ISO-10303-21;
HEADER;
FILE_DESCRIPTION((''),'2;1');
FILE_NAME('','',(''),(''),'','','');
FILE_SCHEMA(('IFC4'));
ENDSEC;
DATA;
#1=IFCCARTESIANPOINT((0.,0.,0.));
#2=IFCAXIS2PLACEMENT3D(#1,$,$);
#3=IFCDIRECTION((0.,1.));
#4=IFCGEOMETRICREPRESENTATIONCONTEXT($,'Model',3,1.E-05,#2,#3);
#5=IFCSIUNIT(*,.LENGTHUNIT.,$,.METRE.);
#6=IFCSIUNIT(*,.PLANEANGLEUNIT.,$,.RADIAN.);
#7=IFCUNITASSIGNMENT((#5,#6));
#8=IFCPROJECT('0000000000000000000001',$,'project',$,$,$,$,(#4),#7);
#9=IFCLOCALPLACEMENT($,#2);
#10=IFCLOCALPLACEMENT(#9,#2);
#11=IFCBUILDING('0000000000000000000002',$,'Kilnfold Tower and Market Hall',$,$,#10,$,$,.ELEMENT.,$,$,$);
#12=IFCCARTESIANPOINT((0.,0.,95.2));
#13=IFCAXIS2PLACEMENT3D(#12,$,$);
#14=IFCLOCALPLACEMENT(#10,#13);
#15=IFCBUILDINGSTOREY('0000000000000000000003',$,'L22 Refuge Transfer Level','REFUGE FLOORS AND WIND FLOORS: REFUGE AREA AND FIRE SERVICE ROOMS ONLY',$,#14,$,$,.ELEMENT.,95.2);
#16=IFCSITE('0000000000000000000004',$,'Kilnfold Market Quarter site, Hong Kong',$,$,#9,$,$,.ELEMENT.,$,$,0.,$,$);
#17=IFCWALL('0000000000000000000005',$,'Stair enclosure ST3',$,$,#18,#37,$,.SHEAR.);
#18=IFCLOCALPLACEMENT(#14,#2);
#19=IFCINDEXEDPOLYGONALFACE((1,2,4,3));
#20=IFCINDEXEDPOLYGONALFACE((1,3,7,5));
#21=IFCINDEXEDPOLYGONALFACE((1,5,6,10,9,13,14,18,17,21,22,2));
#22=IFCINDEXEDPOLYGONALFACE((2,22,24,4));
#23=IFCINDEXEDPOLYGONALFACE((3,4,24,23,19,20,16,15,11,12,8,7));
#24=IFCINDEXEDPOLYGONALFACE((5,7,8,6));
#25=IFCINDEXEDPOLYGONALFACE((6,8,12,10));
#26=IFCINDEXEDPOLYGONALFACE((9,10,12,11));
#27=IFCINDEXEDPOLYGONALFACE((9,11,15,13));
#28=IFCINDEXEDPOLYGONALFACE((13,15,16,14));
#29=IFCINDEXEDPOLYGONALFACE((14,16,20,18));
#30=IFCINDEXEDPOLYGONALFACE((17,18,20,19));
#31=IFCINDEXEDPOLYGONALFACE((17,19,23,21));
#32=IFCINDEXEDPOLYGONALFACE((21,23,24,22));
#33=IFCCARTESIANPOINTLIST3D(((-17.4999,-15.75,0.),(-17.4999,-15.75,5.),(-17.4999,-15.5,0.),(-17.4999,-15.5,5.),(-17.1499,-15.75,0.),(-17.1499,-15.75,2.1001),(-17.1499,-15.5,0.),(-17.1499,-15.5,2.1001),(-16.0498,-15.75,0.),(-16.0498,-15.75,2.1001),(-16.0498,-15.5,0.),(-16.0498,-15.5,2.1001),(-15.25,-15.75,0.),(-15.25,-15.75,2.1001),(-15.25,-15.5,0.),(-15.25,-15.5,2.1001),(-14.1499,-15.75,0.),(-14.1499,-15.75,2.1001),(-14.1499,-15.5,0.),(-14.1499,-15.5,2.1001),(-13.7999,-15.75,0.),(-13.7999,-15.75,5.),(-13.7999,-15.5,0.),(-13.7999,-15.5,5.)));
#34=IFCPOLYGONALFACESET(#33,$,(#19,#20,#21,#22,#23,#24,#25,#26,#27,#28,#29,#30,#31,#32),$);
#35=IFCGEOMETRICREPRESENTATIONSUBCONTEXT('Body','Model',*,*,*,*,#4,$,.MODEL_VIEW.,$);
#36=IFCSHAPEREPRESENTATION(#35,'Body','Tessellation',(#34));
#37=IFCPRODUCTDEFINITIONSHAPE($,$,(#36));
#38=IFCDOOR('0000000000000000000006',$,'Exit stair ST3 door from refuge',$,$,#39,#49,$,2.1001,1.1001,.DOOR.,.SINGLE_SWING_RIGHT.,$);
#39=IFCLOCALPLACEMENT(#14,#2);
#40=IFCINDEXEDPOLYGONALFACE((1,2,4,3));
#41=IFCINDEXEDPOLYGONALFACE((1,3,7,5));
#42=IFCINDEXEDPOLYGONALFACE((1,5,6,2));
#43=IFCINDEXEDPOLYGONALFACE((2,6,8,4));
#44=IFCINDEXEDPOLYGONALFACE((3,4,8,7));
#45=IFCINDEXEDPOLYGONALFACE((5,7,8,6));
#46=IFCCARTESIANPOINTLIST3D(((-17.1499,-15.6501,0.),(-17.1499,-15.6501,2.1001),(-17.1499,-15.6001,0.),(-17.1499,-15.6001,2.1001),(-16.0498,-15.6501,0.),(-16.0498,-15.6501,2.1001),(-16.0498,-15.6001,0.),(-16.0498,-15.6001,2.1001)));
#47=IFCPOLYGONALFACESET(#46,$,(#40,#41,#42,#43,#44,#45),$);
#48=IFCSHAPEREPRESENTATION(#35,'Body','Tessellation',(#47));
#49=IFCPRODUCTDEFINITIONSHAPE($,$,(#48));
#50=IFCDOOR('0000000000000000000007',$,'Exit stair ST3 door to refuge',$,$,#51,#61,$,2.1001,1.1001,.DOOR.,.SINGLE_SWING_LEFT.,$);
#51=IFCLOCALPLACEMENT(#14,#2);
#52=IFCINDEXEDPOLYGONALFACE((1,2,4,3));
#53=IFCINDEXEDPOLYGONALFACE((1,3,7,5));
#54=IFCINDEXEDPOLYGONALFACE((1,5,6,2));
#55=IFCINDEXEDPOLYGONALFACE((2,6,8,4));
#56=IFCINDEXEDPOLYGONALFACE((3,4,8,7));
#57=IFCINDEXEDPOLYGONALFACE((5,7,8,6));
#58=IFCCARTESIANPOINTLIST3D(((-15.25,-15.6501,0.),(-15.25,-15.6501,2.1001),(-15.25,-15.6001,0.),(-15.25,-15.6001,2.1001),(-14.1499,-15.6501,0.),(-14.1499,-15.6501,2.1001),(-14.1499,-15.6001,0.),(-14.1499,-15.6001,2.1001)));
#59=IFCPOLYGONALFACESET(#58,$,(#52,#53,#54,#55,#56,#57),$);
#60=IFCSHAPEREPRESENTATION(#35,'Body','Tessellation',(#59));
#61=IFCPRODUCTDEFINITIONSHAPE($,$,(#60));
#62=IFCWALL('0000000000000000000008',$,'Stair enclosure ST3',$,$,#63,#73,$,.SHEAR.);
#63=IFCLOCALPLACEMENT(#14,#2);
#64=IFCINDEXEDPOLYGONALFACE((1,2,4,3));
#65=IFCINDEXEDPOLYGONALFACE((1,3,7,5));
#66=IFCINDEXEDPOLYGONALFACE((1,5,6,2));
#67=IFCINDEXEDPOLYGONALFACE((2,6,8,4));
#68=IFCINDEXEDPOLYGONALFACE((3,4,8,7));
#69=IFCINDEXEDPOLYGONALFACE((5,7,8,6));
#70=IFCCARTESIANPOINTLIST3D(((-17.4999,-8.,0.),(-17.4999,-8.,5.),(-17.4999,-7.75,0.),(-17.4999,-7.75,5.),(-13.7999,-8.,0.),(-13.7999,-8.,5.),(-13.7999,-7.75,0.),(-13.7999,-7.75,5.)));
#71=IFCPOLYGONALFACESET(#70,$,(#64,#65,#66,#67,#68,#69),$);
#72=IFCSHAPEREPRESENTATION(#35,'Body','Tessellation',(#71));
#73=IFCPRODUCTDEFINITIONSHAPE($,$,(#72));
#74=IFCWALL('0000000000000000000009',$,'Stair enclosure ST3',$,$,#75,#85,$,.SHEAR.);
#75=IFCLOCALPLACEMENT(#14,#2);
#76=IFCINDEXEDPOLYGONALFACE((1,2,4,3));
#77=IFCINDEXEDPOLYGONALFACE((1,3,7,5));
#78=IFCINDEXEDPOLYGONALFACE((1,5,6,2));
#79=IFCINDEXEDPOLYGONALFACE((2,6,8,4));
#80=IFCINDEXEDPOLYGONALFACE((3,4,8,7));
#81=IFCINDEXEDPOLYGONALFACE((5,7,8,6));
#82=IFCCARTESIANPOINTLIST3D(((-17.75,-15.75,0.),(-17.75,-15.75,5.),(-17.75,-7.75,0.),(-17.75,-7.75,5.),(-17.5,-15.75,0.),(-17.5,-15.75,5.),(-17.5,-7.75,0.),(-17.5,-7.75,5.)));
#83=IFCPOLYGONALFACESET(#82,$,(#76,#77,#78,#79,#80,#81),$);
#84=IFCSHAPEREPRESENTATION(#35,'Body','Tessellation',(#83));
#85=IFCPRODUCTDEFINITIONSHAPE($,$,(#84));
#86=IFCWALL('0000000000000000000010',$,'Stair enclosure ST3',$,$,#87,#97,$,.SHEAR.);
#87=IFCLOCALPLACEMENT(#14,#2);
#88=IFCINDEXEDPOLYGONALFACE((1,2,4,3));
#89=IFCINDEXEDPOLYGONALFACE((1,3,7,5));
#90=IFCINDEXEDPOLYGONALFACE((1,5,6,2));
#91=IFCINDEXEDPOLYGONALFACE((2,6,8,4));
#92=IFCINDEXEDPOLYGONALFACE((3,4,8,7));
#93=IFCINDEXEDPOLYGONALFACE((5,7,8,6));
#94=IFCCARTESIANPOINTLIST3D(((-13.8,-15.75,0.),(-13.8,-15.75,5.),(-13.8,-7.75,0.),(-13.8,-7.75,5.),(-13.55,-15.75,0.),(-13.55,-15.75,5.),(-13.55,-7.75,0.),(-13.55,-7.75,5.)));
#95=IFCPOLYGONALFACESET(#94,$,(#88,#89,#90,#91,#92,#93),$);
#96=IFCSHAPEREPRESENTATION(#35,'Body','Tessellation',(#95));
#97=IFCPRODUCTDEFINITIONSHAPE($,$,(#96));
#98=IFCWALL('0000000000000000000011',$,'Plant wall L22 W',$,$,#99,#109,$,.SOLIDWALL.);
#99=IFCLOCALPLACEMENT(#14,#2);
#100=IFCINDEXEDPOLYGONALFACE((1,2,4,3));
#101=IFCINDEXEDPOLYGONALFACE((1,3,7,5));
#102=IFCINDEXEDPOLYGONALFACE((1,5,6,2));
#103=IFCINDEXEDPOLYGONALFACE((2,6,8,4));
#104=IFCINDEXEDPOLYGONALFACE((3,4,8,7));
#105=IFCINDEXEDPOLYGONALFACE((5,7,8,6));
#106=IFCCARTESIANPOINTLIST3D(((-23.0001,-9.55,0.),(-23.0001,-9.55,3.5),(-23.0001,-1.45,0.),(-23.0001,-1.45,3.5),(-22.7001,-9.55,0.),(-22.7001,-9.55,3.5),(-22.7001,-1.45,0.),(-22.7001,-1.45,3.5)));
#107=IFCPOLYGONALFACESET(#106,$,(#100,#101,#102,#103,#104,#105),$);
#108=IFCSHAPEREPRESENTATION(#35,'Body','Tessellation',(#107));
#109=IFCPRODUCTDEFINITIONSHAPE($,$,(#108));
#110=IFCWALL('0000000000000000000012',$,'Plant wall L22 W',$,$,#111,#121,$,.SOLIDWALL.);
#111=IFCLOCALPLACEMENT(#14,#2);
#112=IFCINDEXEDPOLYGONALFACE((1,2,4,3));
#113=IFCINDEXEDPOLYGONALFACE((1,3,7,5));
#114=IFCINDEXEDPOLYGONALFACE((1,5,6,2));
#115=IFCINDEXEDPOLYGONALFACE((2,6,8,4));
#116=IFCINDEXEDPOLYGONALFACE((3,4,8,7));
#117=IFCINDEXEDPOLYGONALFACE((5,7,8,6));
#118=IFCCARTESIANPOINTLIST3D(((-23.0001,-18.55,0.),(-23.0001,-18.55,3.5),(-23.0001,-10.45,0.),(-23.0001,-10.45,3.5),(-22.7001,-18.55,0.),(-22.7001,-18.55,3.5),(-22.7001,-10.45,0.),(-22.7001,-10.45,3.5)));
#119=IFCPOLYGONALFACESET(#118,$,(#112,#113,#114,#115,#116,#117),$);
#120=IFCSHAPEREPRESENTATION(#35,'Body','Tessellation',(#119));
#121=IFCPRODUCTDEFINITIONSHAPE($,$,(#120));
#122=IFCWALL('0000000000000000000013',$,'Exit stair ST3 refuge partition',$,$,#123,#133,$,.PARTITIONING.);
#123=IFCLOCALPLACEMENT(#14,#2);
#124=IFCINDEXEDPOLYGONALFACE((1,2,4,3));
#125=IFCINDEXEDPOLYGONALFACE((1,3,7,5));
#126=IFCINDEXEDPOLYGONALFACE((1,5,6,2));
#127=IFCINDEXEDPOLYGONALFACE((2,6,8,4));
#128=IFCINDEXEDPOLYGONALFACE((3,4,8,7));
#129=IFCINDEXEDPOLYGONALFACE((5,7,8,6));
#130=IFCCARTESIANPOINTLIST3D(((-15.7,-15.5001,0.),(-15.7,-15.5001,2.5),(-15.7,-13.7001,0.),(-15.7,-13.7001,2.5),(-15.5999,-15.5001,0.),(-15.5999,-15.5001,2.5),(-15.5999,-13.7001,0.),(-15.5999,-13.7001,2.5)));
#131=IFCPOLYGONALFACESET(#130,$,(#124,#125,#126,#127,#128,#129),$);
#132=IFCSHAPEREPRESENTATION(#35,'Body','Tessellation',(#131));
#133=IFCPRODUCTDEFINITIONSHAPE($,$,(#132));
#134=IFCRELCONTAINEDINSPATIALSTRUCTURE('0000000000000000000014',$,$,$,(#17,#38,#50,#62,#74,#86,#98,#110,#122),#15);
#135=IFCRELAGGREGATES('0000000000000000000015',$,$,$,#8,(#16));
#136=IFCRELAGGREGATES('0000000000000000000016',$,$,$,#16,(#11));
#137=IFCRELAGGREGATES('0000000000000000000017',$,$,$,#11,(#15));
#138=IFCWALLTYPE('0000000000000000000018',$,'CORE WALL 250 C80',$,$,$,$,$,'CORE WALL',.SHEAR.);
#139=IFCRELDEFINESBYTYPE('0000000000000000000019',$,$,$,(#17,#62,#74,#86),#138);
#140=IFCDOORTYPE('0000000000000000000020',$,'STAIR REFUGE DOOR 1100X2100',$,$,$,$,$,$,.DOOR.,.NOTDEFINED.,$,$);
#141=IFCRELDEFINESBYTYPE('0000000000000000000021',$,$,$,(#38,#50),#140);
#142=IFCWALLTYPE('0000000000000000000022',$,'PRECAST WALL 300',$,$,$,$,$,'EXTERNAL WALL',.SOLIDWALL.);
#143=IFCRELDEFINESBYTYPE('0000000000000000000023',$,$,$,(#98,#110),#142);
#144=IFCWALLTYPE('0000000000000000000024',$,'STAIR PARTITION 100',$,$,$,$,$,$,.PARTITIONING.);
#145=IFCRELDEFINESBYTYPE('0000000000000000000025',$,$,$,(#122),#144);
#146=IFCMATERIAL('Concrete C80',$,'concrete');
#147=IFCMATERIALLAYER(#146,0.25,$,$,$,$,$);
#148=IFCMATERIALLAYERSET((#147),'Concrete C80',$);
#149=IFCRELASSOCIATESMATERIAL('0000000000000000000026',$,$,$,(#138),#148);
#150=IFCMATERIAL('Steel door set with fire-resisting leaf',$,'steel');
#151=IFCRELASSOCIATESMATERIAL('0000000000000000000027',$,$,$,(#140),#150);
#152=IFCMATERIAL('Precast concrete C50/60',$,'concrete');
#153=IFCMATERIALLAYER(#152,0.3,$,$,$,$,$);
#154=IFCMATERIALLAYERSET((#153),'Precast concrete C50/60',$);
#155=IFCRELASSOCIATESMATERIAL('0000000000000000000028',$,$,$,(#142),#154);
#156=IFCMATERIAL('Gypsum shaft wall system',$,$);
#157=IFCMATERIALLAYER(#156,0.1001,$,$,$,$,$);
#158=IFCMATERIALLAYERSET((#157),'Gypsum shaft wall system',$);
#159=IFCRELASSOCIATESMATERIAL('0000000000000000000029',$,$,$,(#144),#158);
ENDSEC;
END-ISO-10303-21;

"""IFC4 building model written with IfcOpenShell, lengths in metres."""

from ifc_helpers import new_model, si_unit, direction, frame, frame_2d, origin, place, context, subcontext, project, spatial, rectangle, extrude, source, transform, mapped, material, layer, layer_set, type_object, element, fill, save


model = new_model("IFC4")

# Units and contexts
model_context = context("Model", 3, precision=1e-05, world=origin(), true_north=direction((0.0, 1.0)))
body_context = subcontext(model_context, "Body", "Model", "MODEL_VIEW")
ifc_project = project(units=[si_unit("LENGTHUNIT", "METRE"), si_unit("PLANEANGLEUNIT", "RADIAN")], contexts=[model_context])

# Site, building, storey
site_placement = place(None, origin())
site = spatial("IfcSite", under=ifc_project, at=site_placement, Name="Kilnfold Market Quarter site, Hong Kong", CompositionType="ELEMENT", RefElevation=0.0)
building_placement = place(site_placement, origin())
building = spatial("IfcBuilding", under=site, at=building_placement, Name="Kilnfold Tower and Market Hall", CompositionType="ELEMENT")
storey_placement = place(building_placement, frame((0.0, 0.0, 95.2)))
storey = spatial("IfcBuildingStorey", under=building, at=storey_placement, Name="L22 Refuge Transfer Level", Description="REFUGE FLOORS AND WIND FLOORS: REFUGE AREA AND FIRE SERVICE ROOMS ONLY", CompositionType="ELEMENT", Elevation=95.2)

# Wall, openings, doors
ifc_material_1 = material(Name="Concrete C80", Category="concrete")
ifc_layer_1 = layer(ifc_material_1, 0.25)
ifc_layer_set_1 = layer_set([ifc_layer_1], Name="Concrete C80")
wall_type_1 = type_object("IfcWallType", Name="CORE WALL 250 C80", ElementType="CORE WALL", PredefinedType="SHEAR", material=ifc_layer_set_1)
shared_shape_1 = source(origin(), body_context, "Body", "SweptSolid", [
    extrude(rectangle(XDim=3.7, YDim=0.25, at=frame_2d((1.8501, 0.0))), origin(), (0.0, 0.0, 1.0), 5.0),
])
wall_1_placement = place(storey_placement, frame((-17.5, -15.625, 0.0), z_axis=(0.0, 0.0, 1.0), x_axis=(1.0, 0.0, 0.0)))
wall_1 = element("IfcWall", 1, at=wall_1_placement, inside=storey, type_object=wall_type_1, Name="Stair enclosure ST3", PredefinedType="SHEAR", context=body_context, shape_type="MappedRepresentation", body=[
    mapped(shared_shape_1, transform((0.0, 0.0, 0.0))),
])
opening_1_placement = place(wall_1_placement, frame((0.3501, 0.0, 0.0)))
opening_1 = element("IfcOpeningElement", 2, at=opening_1_placement, cuts=wall_1, PredefinedType="OPENING", context=body_context, shape_type="SweptSolid", body=[
    extrude(rectangle(XDim=1.1001, YDim=2.1001, at=frame_2d((0.55, 1.05))), frame((0.0, 0.135, 0.0), z_axis=(0.0, -1.0, 0.0), x_axis=(1.0, 0.0, 0.0)), (0.0, 0.0, 1.0), 0.27),
])
opening_2_placement = place(wall_1_placement, frame((2.25, 0.0, 0.0)))
opening_2 = element("IfcOpeningElement", 3, at=opening_2_placement, cuts=wall_1, PredefinedType="OPENING", context=body_context, shape_type="SweptSolid", body=[
    extrude(rectangle(XDim=1.1001, YDim=2.1001, at=frame_2d((0.55, 1.05))), frame((0.0, 0.135, 0.0), z_axis=(0.0, -1.0, 0.0), x_axis=(1.0, 0.0, 0.0)), (0.0, 0.0, 1.0), 0.27),
])
ifc_material_2 = material(Name="Steel door set with fire-resisting leaf", Category="steel")
door_type = type_object("IfcDoorType", Name="STAIR REFUGE DOOR 1100X2100", OperationType="NOTDEFINED", PredefinedType="DOOR", material=ifc_material_2)
door_1_placement = place(opening_1_placement, origin())
door_1 = element("IfcDoor", 4, at=door_1_placement, inside=storey, type_object=door_type, Name="Exit stair ST3 door from refuge", OperationType="SINGLE_SWING_RIGHT", OverallHeight=2.1001, OverallWidth=1.1001, PredefinedType="DOOR", context=body_context, shape_type="SweptSolid", body=[
    extrude(rectangle(XDim=1.1001, YDim=2.1001, at=frame_2d((0.55, 1.05))), frame((0.0, 0.0249, 0.0), z_axis=(0.0, -1.0, 0.0), x_axis=(1.0, 0.0, 0.0)), (0.0, 0.0, 1.0), 0.05),
])
fill(opening_1, door_1)
door_2_placement = place(opening_2_placement, origin())
door_2 = element("IfcDoor", 5, at=door_2_placement, inside=storey, type_object=door_type, Name="Exit stair ST3 door to refuge", OperationType="SINGLE_SWING_LEFT", OverallHeight=2.1001, OverallWidth=1.1001, PredefinedType="DOOR", context=body_context, shape_type="SweptSolid", body=[
    extrude(rectangle(XDim=1.1001, YDim=2.1001, at=frame_2d((0.55, 1.05))), frame((0.0, 0.0249, 0.0), z_axis=(0.0, -1.0, 0.0), x_axis=(1.0, 0.0, 0.0)), (0.0, 0.0, 1.0), 0.05),
])
fill(opening_2, door_2)

# Walls
wall_2_placement = place(storey_placement, frame((-17.5, -7.875, 0.0), z_axis=(0.0, 0.0, 1.0), x_axis=(1.0, 0.0, 0.0)))
element("IfcWall", 6, at=wall_2_placement, inside=storey, type_object=wall_type_1, Name="Stair enclosure ST3", PredefinedType="SHEAR", context=body_context, shape_type="MappedRepresentation", body=[
    mapped(shared_shape_1, transform((0.0, 0.0, 0.0))),
])
shared_shape_2 = source(origin(), body_context, "Body", "SweptSolid", [
    extrude(rectangle(XDim=8.0, YDim=0.25, at=frame_2d((4.0, 0.0))), origin(), (0.0, 0.0, 1.0), 5.0),
])
for number, where, z_axis, x_axis, name in (
    (7, (-17.625, -15.75, 0.0), (0.0, 0.0, 1.0), (0.0, 1.0, 0.0), "Stair enclosure ST3"),
    (8, (-13.675, -15.75, 0.0), (0.0, 0.0, 1.0), (0.0, 1.0, 0.0), "Stair enclosure ST3"),
):
    element("IfcWall", number, at=place(storey_placement, frame(where, z_axis=z_axis, x_axis=x_axis)), inside=storey, type_object=wall_type_1, Name=name, PredefinedType="SHEAR", context=body_context, shape_type="MappedRepresentation", body=[
        mapped(shared_shape_2, transform((0.0, 0.0, 0.0))),
    ])
ifc_material_3 = material(Name="Precast concrete C50/60", Category="concrete")
ifc_layer_2 = layer(ifc_material_3, 0.3)
ifc_layer_set_2 = layer_set([ifc_layer_2], Name="Precast concrete C50/60")
wall_type_2 = type_object("IfcWallType", Name="PRECAST WALL 300", ElementType="EXTERNAL WALL", PredefinedType="SOLIDWALL", material=ifc_layer_set_2)
shared_shape_3 = source(origin(), body_context, "Body", "SweptSolid", [
    extrude(rectangle(XDim=8.1001, YDim=0.3, at=frame_2d((4.05, 0.0))), origin(), (0.0, 0.0, 1.0), 3.5),
])
for number, where, z_axis, x_axis, name in (
    (9, (-22.8501, -1.45, 0.0), (0.0, 0.0, 1.0), (0.0, -1.0, 0.0), "Plant wall L22 W"),
    (10, (-22.8501, -10.45, 0.0), (0.0, 0.0, 1.0), (0.0, -1.0, 0.0), "Plant wall L22 W"),
):
    element("IfcWall", number, at=place(storey_placement, frame(where, z_axis=z_axis, x_axis=x_axis)), inside=storey, type_object=wall_type_2, Name=name, PredefinedType="SOLIDWALL", context=body_context, shape_type="MappedRepresentation", body=[
        mapped(shared_shape_3, transform((0.0, 0.0, 0.0))),
    ])
ifc_material_4 = material(Name="Gypsum shaft wall system")
ifc_layer_3 = layer(ifc_material_4, 0.1001)
ifc_layer_set_3 = layer_set([ifc_layer_3], Name="Gypsum shaft wall system")
wall_type_3 = type_object("IfcWallType", Name="STAIR PARTITION 100", PredefinedType="PARTITIONING", material=ifc_layer_set_3)
shared_shape_4 = source(origin(), body_context, "Body", "SweptSolid", [
    extrude(rectangle(XDim=1.8, YDim=0.1001, at=frame_2d((0.8999, 0.0))), origin(), (0.0, 0.0, 1.0), 2.5),
])
wall_3_placement = place(storey_placement, frame((-15.6499, -15.5, 0.0), z_axis=(0.0, 0.0, 1.0), x_axis=(0.0, 1.0, 0.0)))
element("IfcWall", 11, at=wall_3_placement, inside=storey, type_object=wall_type_3, Name="Exit stair ST3 refuge partition", PredefinedType="PARTITIONING", context=body_context, shape_type="MappedRepresentation", body=[
    mapped(shared_shape_4, transform((0.0, 0.0, 0.0))),
])

save(model, "model.ifc")
